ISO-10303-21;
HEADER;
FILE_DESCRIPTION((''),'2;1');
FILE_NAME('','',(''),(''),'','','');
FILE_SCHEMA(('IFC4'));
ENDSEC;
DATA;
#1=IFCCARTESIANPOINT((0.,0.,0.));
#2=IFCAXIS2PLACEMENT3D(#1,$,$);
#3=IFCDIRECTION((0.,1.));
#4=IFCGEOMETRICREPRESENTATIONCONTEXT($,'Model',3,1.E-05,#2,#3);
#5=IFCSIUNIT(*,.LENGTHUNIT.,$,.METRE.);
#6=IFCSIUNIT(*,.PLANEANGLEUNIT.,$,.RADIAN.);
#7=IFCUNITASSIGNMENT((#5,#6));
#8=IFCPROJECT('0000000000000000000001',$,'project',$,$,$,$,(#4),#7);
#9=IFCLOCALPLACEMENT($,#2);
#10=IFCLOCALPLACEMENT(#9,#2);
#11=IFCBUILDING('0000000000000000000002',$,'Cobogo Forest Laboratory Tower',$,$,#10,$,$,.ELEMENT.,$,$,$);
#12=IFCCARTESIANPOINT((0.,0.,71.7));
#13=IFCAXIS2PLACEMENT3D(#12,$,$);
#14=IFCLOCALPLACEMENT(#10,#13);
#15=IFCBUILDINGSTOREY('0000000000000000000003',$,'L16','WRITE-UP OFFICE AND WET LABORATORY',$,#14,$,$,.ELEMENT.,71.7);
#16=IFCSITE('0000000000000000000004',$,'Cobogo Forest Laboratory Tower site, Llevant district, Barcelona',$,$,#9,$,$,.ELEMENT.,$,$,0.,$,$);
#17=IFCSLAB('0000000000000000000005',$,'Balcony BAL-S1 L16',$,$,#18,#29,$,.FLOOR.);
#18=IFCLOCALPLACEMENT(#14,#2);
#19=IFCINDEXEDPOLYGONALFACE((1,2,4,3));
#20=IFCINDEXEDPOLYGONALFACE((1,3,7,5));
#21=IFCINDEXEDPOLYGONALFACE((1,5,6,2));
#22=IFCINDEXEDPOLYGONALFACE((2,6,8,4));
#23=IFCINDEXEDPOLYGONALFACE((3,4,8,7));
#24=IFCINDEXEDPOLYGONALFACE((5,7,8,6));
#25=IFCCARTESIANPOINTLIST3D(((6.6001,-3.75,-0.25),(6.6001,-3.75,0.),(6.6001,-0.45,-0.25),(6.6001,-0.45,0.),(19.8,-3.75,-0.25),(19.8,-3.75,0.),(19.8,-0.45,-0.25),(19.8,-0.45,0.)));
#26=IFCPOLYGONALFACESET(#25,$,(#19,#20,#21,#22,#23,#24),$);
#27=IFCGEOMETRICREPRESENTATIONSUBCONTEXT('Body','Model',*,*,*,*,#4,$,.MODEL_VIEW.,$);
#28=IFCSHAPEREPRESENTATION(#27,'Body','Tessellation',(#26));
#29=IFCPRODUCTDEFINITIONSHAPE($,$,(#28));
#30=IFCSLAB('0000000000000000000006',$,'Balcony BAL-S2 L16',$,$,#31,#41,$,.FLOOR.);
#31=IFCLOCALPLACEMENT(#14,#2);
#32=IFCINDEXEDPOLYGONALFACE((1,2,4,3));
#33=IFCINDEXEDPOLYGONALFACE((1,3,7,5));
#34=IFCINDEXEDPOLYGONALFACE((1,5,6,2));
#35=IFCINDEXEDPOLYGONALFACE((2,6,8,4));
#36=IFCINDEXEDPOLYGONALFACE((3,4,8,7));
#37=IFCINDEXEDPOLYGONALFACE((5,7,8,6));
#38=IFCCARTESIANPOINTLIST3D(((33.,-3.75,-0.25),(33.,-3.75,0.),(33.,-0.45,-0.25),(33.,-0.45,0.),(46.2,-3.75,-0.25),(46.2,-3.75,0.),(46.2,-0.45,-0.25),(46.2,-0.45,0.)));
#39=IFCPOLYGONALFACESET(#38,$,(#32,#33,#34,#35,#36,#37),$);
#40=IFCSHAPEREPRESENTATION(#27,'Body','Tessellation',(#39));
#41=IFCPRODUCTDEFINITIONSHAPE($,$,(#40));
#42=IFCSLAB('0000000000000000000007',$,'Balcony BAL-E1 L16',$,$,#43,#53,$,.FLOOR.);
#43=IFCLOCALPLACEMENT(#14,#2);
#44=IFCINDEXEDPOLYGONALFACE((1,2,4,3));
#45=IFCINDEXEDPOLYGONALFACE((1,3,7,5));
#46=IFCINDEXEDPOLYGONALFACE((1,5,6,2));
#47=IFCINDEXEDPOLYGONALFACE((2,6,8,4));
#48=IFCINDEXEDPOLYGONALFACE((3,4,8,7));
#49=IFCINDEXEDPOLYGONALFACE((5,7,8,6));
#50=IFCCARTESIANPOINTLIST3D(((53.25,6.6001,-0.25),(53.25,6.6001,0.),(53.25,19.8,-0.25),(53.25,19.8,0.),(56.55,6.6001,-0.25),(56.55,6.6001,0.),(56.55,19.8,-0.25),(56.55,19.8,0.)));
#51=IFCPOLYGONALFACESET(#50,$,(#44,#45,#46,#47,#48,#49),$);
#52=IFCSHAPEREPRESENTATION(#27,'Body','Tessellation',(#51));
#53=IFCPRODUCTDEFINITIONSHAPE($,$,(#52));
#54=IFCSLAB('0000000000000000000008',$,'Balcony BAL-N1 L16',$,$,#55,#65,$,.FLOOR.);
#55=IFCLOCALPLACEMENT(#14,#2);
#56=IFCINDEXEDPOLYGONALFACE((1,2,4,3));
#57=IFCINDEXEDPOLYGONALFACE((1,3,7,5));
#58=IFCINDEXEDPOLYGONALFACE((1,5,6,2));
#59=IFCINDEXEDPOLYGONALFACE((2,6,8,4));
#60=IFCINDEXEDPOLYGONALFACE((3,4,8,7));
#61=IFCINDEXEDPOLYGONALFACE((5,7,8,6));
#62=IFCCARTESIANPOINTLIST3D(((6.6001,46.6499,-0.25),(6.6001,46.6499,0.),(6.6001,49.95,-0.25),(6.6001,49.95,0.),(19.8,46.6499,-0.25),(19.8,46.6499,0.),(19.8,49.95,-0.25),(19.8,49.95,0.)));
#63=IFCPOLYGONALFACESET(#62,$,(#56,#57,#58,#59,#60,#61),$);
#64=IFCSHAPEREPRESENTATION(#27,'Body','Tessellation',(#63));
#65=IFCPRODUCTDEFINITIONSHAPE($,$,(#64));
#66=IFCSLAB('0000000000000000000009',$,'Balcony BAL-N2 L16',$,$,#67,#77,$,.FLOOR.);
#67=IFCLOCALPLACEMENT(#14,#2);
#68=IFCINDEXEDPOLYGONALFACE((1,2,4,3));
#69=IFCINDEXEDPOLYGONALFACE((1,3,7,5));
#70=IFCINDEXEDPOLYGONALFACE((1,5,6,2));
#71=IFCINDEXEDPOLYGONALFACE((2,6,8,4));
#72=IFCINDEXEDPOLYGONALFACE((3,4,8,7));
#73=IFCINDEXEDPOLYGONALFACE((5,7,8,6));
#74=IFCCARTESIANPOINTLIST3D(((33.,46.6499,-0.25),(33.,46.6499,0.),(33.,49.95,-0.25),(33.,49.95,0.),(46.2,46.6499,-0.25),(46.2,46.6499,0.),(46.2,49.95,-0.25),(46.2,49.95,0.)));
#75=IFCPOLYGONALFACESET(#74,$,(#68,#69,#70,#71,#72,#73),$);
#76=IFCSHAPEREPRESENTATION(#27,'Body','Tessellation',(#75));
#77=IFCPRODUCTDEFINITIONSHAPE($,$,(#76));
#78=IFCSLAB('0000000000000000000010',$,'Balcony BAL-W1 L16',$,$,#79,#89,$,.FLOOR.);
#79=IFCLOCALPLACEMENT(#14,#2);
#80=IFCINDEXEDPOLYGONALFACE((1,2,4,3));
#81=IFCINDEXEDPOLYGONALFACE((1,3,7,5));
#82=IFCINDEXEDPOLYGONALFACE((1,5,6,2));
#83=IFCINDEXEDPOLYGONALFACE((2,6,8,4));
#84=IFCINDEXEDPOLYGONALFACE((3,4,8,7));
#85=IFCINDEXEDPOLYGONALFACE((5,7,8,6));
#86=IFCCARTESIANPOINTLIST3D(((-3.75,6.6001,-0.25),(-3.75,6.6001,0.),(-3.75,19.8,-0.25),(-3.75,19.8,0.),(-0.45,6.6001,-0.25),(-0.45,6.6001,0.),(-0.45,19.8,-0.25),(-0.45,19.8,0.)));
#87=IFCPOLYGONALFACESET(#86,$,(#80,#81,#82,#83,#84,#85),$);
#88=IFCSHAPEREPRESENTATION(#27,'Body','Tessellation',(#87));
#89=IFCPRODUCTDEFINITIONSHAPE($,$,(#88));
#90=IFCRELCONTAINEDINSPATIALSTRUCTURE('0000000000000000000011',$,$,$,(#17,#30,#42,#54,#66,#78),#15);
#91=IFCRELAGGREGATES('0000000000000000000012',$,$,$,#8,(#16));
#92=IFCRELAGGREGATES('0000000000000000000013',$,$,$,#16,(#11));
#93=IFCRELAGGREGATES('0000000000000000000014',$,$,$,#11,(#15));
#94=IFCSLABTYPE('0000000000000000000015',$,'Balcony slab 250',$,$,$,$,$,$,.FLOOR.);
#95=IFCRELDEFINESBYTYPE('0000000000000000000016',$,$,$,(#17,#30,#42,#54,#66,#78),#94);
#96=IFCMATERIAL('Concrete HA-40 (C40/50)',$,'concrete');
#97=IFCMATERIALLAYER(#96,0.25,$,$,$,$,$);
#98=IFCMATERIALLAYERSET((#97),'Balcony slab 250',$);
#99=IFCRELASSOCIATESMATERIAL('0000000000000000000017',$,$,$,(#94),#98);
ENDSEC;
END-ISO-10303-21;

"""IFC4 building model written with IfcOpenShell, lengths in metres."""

from ifc_helpers import new_model, si_unit, direction, frame, origin, place, context, subcontext, project, spatial, polyline, outline, extrude, material, layer, layer_set, type_object, element, save


model = new_model("IFC4")

# Units and contexts
model_context = context("Model", 3, precision=1e-05, world=origin(), true_north=direction((0.0, 1.0)))
body_context = subcontext(model_context, "Body", "Model", "MODEL_VIEW")
ifc_project = project(units=[si_unit("LENGTHUNIT", "METRE"), si_unit("PLANEANGLEUNIT", "RADIAN")], contexts=[model_context])

# Site, building, storey
site_placement = place(None, origin())
site = spatial("IfcSite", under=ifc_project, at=site_placement, Name="Cobogo Forest Laboratory Tower site, Llevant district, Barcelona", CompositionType="ELEMENT", RefElevation=0.0)
building_placement = place(site_placement, origin())
building = spatial("IfcBuilding", under=site, at=building_placement, Name="Cobogo Forest Laboratory Tower", CompositionType="ELEMENT")
storey_placement = place(building_placement, frame((0.0, 0.0, 71.7)))
storey = spatial("IfcBuildingStorey", under=building, at=storey_placement, Name="L16", Description="WRITE-UP OFFICE AND WET LABORATORY", CompositionType="ELEMENT", Elevation=71.7)

# Slabs
ifc_material_1 = material(Name="Concrete HA-40 (C40/50)", Category="concrete")
ifc_layer_1 = layer(ifc_material_1, 0.25)
ifc_layer_set_1 = layer_set([ifc_layer_1], Name="Balcony slab 250")
slab_type_1 = type_object("IfcSlabType", Name="Balcony slab 250", PredefinedType="FLOOR", material=ifc_layer_set_1)
slab_1_placement = place(storey_placement, frame((0.0, 0.0, -0.25)))
element("IfcSlab", 1, at=slab_1_placement, inside=storey, type_object=slab_type_1, Name="Balcony BAL-S1 L16", PredefinedType="FLOOR", context=body_context, shape_type="SweptSolid", body=[
    extrude(outline(polyline([(6.6001, -3.75), (19.8, -3.75), (19.8, -0.45), (6.6001, -0.45), (6.6001, -3.75)])), origin(), (0.0, 0.0, 1.0), 0.25),
])
slab_2_placement = place(storey_placement, frame((0.0, 0.0, -0.25)))
element("IfcSlab", 2, at=slab_2_placement, inside=storey, type_object=slab_type_1, Name="Balcony BAL-S2 L16", PredefinedType="FLOOR", context=body_context, shape_type="SweptSolid", body=[
    extrude(outline(polyline([(33.0, -3.75), (46.2, -3.75), (46.2, -0.45), (33.0, -0.45), (33.0, -3.75)])), origin(), (0.0, 0.0, 1.0), 0.25),
])
slab_3_placement = place(storey_placement, frame((0.0, 0.0, -0.25)))
element("IfcSlab", 3, at=slab_3_placement, inside=storey, type_object=slab_type_1, Name="Balcony BAL-E1 L16", PredefinedType="FLOOR", context=body_context, shape_type="SweptSolid", body=[
    extrude(outline(polyline([(53.25, 6.6001), (56.55, 6.6001), (56.55, 19.8), (53.25, 19.8), (53.25, 6.6001)])), origin(), (0.0, 0.0, 1.0), 0.25),
])
slab_4_placement = place(storey_placement, frame((0.0, 0.0, -0.25)))
element("IfcSlab", 4, at=slab_4_placement, inside=storey, type_object=slab_type_1, Name="Balcony BAL-N1 L16", PredefinedType="FLOOR", context=body_context, shape_type="SweptSolid", body=[
    extrude(outline(polyline([(6.6001, 46.6499), (19.8, 46.6499), (19.8, 49.95), (6.6001, 49.95), (6.6001, 46.6499)])), origin(), (0.0, 0.0, 1.0), 0.25),
])
slab_5_placement = place(storey_placement, frame((0.0, 0.0, -0.25)))
element("IfcSlab", 5, at=slab_5_placement, inside=storey, type_object=slab_type_1, Name="Balcony BAL-N2 L16", PredefinedType="FLOOR", context=body_context, shape_type="SweptSolid", body=[
    extrude(outline(polyline([(33.0, 46.6499), (46.2, 46.6499), (46.2, 49.95), (33.0, 49.95), (33.0, 46.6499)])), origin(), (0.0, 0.0, 1.0), 0.25),
])
slab_6_placement = place(storey_placement, frame((0.0, 0.0, -0.25)))
element("IfcSlab", 6, at=slab_6_placement, inside=storey, type_object=slab_type_1, Name="Balcony BAL-W1 L16", PredefinedType="FLOOR", context=body_context, shape_type="SweptSolid", body=[
    extrude(outline(polyline([(-3.75, 6.6001), (-0.45, 6.6001), (-0.45, 19.8), (-3.75, 19.8), (-3.75, 6.6001)])), origin(), (0.0, 0.0, 1.0), 0.25),
])

save(model, "model.ifc")
